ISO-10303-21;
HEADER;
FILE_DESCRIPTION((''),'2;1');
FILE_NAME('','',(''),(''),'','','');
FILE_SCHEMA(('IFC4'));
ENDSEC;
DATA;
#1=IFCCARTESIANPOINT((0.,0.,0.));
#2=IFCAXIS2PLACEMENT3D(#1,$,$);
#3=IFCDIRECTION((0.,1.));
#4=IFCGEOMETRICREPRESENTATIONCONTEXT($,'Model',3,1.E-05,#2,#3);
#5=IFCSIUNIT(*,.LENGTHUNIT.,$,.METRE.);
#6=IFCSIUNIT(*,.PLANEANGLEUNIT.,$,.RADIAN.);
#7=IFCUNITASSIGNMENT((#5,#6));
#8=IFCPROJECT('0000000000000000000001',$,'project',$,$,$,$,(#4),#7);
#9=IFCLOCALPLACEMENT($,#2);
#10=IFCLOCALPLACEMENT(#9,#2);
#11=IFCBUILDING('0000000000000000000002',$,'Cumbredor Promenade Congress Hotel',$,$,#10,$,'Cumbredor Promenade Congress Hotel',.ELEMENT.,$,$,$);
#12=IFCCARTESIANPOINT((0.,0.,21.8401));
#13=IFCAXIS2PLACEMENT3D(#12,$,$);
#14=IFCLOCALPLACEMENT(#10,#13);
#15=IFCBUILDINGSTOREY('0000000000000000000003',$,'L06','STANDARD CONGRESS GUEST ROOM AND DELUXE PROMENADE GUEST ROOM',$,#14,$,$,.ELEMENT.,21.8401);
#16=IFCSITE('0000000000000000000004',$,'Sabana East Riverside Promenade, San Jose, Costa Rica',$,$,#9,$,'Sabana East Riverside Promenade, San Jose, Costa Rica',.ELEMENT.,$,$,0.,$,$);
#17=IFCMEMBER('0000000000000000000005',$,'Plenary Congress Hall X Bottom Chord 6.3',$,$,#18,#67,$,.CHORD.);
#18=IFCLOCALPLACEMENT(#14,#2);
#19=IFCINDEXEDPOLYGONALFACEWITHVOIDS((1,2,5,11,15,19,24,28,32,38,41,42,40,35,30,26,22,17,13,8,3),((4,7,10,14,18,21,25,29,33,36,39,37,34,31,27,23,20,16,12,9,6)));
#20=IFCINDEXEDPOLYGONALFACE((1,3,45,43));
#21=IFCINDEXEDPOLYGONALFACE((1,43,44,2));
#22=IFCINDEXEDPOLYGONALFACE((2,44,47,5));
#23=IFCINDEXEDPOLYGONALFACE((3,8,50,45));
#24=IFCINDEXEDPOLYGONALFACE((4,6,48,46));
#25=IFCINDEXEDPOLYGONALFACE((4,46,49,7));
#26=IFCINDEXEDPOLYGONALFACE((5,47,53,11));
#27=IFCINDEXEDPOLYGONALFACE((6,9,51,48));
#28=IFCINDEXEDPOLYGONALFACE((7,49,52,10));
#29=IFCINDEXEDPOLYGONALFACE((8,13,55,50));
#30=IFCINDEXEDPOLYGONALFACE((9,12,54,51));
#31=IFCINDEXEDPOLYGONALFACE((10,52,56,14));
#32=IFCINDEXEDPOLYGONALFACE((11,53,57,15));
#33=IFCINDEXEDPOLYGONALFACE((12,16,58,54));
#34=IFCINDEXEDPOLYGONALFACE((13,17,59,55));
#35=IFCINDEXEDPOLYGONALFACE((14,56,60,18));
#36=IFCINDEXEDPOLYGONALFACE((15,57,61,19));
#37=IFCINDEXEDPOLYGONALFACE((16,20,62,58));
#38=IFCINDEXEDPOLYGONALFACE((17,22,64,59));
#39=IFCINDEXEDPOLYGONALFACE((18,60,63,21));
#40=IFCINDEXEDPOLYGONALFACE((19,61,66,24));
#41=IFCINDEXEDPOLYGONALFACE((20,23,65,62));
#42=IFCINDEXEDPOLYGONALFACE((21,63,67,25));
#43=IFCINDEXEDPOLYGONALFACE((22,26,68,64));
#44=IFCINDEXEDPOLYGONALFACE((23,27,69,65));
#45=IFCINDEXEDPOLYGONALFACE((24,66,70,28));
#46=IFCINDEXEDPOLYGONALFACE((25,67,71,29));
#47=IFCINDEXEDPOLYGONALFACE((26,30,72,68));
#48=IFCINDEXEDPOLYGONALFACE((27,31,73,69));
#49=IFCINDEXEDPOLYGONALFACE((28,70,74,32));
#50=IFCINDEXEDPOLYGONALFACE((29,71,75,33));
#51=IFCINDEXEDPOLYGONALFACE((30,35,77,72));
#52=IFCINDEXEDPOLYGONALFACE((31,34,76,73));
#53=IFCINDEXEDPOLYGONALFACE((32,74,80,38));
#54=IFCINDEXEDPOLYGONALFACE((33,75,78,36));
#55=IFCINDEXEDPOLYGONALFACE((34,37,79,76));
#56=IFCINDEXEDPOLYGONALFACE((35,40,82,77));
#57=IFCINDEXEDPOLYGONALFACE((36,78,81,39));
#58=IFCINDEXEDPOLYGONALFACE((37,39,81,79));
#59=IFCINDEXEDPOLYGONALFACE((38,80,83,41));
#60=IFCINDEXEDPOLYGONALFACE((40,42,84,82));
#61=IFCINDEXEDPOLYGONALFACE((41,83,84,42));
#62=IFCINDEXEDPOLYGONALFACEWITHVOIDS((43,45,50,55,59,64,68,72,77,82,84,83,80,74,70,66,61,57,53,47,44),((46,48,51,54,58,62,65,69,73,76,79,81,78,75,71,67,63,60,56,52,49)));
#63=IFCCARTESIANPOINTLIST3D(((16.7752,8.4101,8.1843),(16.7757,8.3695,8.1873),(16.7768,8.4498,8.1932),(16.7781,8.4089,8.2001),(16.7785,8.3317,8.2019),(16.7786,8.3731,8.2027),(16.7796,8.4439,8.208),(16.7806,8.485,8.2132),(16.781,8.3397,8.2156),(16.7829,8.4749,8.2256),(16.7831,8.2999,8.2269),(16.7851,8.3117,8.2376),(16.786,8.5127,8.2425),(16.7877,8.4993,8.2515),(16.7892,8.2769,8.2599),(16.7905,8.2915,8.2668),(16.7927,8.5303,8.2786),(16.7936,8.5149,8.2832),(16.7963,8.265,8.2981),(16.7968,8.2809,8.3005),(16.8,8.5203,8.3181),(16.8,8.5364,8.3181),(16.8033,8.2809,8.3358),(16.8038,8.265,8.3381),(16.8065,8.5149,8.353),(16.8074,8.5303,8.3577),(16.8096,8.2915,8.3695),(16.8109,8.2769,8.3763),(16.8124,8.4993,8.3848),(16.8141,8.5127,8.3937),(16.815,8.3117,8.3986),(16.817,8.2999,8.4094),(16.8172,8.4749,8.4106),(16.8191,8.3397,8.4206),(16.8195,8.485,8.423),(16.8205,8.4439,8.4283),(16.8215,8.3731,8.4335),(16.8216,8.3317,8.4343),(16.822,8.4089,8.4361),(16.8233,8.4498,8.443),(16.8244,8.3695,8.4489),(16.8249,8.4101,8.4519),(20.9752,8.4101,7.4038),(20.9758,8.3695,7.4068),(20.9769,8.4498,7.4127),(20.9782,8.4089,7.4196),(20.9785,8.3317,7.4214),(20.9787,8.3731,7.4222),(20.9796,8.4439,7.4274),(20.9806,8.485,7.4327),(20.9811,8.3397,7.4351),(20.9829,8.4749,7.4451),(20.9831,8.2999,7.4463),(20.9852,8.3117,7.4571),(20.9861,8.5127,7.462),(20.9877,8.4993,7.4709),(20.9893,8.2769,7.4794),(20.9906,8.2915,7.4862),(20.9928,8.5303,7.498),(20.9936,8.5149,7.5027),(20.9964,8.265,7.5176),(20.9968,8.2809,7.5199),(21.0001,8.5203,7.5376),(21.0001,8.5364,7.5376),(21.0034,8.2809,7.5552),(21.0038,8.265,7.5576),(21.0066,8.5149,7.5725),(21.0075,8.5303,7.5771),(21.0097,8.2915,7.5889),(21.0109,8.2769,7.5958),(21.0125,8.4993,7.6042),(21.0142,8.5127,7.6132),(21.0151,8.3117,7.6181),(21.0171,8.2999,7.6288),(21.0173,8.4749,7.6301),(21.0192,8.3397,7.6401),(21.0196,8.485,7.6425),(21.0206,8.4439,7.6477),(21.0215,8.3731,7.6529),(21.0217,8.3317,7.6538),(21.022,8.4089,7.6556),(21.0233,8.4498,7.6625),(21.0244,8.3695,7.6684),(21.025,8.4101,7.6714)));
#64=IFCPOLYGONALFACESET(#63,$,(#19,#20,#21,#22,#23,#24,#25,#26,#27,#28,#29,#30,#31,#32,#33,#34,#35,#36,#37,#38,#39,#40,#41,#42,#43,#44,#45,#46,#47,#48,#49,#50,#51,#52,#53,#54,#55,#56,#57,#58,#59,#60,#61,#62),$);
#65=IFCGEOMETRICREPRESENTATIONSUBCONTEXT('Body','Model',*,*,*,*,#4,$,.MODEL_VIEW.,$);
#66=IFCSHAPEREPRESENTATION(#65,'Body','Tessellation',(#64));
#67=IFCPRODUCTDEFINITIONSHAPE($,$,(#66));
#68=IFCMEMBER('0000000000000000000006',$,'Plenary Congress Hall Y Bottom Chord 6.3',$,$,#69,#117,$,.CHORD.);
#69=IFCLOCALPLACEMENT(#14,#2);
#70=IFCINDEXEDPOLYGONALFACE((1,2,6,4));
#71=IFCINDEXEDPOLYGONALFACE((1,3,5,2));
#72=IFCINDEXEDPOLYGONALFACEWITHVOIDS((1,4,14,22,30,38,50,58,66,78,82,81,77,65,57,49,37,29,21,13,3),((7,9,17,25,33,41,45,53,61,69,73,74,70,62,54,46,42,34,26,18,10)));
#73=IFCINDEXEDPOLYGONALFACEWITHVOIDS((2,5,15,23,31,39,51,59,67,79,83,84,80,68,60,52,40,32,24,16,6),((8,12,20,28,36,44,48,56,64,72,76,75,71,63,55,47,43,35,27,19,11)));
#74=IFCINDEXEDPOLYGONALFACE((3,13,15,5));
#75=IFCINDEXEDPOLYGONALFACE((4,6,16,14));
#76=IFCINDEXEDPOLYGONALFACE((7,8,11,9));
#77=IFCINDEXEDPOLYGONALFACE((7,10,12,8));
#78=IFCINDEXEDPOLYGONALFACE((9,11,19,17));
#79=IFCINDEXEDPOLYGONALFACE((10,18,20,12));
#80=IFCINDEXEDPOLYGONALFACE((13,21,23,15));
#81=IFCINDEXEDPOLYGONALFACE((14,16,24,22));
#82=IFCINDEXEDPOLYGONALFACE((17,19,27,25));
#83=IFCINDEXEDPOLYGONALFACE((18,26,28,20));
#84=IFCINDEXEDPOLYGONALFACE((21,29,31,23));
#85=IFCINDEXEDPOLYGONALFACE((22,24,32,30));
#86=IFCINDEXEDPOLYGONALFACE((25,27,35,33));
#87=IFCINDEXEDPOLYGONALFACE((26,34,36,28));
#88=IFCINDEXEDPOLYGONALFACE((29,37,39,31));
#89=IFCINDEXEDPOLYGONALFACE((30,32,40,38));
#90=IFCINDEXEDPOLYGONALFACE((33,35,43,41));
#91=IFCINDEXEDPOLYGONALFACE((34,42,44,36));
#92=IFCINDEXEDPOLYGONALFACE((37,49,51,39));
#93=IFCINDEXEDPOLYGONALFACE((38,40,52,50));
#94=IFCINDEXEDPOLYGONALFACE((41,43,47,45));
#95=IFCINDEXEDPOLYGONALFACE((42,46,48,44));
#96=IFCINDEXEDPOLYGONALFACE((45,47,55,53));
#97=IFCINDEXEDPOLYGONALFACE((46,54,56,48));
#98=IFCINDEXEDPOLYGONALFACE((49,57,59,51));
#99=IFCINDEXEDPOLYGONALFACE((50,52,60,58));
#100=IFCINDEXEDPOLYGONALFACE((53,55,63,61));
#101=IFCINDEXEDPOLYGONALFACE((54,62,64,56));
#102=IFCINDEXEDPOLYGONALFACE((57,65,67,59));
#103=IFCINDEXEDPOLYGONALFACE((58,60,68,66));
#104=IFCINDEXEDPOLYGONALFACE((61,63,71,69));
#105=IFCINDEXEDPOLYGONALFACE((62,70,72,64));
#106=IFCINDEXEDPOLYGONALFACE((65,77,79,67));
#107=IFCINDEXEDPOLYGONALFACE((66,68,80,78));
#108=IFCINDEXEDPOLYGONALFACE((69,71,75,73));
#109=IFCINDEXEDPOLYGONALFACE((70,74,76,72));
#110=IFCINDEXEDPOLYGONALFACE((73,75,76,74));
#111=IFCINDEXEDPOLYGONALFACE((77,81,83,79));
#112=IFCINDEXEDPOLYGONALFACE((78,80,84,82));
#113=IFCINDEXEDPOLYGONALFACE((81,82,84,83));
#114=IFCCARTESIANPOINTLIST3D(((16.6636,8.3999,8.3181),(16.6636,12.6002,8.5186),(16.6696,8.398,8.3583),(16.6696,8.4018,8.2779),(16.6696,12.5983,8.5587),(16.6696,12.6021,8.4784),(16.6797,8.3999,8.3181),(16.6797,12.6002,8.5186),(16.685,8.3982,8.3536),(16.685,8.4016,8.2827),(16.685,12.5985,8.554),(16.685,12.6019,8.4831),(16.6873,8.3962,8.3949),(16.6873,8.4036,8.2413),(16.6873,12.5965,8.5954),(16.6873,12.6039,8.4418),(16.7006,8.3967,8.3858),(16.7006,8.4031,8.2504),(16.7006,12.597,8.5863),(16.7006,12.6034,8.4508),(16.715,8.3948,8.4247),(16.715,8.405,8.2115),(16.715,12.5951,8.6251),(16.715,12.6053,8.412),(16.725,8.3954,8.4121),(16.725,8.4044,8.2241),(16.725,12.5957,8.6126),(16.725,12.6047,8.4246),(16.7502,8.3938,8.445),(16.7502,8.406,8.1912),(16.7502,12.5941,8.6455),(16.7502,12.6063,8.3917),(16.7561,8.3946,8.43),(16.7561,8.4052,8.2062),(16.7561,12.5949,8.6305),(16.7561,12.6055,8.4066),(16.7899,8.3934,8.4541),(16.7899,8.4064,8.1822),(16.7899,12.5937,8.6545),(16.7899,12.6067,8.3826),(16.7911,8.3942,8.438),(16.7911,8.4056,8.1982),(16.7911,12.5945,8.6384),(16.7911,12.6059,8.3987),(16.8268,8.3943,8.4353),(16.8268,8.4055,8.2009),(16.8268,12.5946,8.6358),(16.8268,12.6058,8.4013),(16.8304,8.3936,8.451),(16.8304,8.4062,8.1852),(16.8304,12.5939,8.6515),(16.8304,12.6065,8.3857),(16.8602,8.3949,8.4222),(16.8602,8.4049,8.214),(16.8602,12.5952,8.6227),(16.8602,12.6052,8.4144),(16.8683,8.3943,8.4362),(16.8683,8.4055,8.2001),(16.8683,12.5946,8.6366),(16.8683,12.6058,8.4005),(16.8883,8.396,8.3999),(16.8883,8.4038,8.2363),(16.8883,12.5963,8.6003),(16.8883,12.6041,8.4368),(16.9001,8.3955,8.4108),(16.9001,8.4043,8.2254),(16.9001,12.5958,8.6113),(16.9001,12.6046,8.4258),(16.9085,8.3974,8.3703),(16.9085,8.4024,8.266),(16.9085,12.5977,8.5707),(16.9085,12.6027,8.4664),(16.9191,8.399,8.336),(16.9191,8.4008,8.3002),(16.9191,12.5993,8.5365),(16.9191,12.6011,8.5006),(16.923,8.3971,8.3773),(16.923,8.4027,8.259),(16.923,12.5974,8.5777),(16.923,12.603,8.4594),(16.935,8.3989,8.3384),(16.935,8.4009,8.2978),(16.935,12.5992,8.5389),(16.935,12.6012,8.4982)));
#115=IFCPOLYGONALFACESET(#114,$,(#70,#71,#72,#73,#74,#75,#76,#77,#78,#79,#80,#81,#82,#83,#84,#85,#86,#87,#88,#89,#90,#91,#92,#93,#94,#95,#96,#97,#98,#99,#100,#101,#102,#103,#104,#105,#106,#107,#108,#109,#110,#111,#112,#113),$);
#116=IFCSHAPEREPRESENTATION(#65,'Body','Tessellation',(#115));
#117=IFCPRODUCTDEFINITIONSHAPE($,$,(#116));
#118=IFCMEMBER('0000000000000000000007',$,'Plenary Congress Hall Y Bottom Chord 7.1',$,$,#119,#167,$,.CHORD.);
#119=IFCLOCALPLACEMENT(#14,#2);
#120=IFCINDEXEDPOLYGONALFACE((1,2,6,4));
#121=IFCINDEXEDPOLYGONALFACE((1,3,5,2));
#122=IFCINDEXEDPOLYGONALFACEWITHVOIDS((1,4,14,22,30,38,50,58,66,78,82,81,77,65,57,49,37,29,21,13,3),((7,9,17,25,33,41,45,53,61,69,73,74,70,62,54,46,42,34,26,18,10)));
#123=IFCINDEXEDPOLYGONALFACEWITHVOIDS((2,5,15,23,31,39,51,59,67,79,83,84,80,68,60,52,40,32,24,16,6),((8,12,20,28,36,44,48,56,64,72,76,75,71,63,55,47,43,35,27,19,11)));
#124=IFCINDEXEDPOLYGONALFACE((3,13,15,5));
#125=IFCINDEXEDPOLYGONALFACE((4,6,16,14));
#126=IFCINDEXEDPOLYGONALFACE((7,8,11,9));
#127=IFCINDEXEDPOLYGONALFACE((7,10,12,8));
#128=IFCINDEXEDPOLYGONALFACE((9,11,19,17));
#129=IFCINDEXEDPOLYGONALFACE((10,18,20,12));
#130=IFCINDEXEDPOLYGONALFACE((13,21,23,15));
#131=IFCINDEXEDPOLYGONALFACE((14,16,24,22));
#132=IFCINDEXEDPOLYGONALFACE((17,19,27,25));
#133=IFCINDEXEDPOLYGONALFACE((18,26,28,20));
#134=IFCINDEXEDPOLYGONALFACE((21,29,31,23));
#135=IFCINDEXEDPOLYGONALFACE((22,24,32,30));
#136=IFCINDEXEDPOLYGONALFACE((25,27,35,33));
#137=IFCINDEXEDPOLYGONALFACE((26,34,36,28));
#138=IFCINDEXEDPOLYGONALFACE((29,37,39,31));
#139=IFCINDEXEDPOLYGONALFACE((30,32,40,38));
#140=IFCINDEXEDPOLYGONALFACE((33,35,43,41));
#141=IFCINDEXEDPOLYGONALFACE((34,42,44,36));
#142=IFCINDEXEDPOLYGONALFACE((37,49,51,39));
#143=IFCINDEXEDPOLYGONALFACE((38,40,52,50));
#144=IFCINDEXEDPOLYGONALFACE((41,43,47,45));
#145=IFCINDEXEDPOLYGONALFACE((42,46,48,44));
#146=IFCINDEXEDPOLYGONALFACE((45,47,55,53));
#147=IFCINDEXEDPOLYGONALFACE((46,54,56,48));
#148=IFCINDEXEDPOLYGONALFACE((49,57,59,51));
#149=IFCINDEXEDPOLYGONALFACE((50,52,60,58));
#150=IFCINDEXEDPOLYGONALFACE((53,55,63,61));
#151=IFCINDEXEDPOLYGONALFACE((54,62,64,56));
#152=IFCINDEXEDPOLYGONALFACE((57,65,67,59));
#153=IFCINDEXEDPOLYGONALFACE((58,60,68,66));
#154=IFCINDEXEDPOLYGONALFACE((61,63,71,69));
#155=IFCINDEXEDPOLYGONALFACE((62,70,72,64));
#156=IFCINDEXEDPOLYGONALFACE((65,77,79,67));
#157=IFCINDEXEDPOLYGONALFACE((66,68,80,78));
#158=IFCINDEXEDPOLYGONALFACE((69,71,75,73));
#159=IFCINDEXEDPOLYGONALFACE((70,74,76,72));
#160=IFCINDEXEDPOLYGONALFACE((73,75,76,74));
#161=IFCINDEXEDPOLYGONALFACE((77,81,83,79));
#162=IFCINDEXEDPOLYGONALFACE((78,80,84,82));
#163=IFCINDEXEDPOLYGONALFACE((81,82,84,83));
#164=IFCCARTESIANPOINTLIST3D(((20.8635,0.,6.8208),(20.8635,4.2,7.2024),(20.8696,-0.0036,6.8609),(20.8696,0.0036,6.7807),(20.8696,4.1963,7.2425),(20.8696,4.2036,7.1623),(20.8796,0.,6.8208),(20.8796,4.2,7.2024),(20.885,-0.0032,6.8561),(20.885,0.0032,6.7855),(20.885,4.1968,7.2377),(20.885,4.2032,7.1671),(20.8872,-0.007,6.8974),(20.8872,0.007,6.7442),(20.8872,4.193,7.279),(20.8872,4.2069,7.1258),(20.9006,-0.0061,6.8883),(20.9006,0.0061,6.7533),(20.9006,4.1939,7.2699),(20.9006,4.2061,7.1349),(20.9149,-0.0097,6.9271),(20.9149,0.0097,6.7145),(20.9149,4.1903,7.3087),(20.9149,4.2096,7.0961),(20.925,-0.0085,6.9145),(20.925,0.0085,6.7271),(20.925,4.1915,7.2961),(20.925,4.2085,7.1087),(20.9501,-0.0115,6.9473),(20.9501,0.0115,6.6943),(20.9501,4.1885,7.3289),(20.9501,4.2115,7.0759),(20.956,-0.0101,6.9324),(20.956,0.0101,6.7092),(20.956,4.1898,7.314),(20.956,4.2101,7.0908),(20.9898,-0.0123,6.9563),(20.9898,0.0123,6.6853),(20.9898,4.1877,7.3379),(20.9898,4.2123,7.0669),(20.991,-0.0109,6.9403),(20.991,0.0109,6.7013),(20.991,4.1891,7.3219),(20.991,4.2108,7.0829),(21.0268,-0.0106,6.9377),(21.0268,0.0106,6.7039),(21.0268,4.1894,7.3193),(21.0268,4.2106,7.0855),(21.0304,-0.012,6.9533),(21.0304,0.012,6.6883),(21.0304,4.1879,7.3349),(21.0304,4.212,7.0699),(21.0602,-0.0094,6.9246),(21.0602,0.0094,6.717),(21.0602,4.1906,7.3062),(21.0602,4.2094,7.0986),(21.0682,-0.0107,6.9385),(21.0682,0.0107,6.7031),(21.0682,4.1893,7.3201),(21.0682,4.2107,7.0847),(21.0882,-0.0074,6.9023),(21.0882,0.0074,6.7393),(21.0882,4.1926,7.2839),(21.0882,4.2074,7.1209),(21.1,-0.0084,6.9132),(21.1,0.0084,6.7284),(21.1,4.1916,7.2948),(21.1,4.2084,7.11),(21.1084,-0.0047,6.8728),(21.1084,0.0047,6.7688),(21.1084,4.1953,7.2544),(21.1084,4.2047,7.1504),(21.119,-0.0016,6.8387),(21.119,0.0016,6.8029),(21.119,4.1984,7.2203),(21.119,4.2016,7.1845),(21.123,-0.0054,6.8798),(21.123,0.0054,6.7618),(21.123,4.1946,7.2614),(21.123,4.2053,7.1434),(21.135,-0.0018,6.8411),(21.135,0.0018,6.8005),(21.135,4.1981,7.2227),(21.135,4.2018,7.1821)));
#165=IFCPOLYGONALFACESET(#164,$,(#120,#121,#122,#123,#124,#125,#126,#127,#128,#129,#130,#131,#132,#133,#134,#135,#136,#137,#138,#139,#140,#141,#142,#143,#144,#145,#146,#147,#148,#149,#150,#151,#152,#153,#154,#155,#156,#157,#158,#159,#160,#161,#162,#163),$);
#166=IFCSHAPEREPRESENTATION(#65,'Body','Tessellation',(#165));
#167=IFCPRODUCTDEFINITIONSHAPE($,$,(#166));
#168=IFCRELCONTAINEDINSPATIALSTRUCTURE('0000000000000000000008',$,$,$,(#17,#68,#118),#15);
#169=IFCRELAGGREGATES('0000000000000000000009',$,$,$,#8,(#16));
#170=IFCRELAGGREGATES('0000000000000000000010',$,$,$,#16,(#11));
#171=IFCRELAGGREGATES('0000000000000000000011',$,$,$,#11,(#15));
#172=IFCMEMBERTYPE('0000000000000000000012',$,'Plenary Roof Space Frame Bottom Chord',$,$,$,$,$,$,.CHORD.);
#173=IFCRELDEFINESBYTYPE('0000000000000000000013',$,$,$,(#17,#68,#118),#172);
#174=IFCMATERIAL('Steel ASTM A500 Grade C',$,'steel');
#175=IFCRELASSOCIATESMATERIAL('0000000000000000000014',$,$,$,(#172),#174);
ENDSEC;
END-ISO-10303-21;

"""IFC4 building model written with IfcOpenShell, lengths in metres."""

from ifc_helpers import new_model, si_unit, direction, frame, origin, origin_2d, place, context, subcontext, project, spatial, hollow_circle, extrude, material, material_profile, profile_set, type_object, element, save


model = new_model("IFC4")

# Units and contexts
model_context = context("Model", 3, precision=1e-05, world=origin(), true_north=direction((0.0, 1.0)))
body_context = subcontext(model_context, "Body", "Model", "MODEL_VIEW")
ifc_project = project(units=[si_unit("LENGTHUNIT", "METRE"), si_unit("PLANEANGLEUNIT", "RADIAN")], contexts=[model_context])

# Site, building, storey
site_placement = place(None, origin())
site = spatial("IfcSite", under=ifc_project, at=site_placement, Name="Sabana East Riverside Promenade, San Jose, Costa Rica", LongName="Sabana East Riverside Promenade, San Jose, Costa Rica", CompositionType="ELEMENT", RefElevation=0.0)
building_placement = place(site_placement, origin())
building = spatial("IfcBuilding", under=site, at=building_placement, Name="Cumbredor Promenade Congress Hotel", LongName="Cumbredor Promenade Congress Hotel", CompositionType="ELEMENT")
storey_placement = place(building_placement, frame((0.0, 0.0, 21.8401)))
storey = spatial("IfcBuildingStorey", under=building, at=storey_placement, Name="L06", Description="STANDARD CONGRESS GUEST ROOM AND DELUXE PROMENADE GUEST ROOM", CompositionType="ELEMENT", Elevation=21.8401)

# Members
ifc_material_1 = material(Name="Steel ASTM A500 Grade C", Category="steel")
ifc_material_profile_1 = material_profile(ifc_material_1, hollow_circle(Radius=0.1365, WallThickness=0.0161, at=origin_2d()), Name="CHS 273.0x16")
ifc_profile_set_1 = profile_set([ifc_material_profile_1], Name="Steel ASTM A500 Grade C")
member_type_1 = type_object("IfcMemberType", Name="Plenary Roof Space Frame Bottom Chord", PredefinedType="CHORD", material=ifc_profile_set_1)
member_1_placement = place(storey_placement, frame((16.8, 8.3999, 8.3181), z_axis=(0.983167, 0.0, -0.182711), x_axis=(0.0, 1.0, 0.0)))
element("IfcMember", 1, at=member_1_placement, inside=storey, type_object=member_type_1, Name="Plenary Congress Hall X Bottom Chord 6.3", PredefinedType="CHORD", context=body_context, shape_type="SweptSolid", body=[
    extrude(hollow_circle(Radius=0.1365, WallThickness=0.0161, at=origin_2d()), origin(), (0.0, 0.0, 1.0), 4.272),
])
member_2_placement = place(storey_placement, frame((16.8, 8.3999, 8.3181), z_axis=(0.0, 0.998863, 0.047667), x_axis=(-1.0, 0.0, 0.0)))
element("IfcMember", 2, at=member_2_placement, inside=storey, type_object=member_type_1, Name="Plenary Congress Hall Y Bottom Chord 6.3", PredefinedType="CHORD", context=body_context, shape_type="SweptSolid", body=[
    extrude(hollow_circle(Radius=0.1365, WallThickness=0.0161, at=origin_2d()), origin(), (0.0, 0.0, 1.0), 4.2051),
])
member_3_placement = place(storey_placement, frame((21.0, 0.0, 6.8208), z_axis=(0.0, 0.995898, 0.090484), x_axis=(-1.0, 0.0, 0.0)))
element("IfcMember", 3, at=member_3_placement, inside=storey, type_object=member_type_1, Name="Plenary Congress Hall Y Bottom Chord 7.1", PredefinedType="CHORD", context=body_context, shape_type="SweptSolid", body=[
    extrude(hollow_circle(Radius=0.1365, WallThickness=0.0161, at=origin_2d()), origin(), (0.0, 0.0, 1.0), 4.2173),
])

save(model, "model.ifc")
